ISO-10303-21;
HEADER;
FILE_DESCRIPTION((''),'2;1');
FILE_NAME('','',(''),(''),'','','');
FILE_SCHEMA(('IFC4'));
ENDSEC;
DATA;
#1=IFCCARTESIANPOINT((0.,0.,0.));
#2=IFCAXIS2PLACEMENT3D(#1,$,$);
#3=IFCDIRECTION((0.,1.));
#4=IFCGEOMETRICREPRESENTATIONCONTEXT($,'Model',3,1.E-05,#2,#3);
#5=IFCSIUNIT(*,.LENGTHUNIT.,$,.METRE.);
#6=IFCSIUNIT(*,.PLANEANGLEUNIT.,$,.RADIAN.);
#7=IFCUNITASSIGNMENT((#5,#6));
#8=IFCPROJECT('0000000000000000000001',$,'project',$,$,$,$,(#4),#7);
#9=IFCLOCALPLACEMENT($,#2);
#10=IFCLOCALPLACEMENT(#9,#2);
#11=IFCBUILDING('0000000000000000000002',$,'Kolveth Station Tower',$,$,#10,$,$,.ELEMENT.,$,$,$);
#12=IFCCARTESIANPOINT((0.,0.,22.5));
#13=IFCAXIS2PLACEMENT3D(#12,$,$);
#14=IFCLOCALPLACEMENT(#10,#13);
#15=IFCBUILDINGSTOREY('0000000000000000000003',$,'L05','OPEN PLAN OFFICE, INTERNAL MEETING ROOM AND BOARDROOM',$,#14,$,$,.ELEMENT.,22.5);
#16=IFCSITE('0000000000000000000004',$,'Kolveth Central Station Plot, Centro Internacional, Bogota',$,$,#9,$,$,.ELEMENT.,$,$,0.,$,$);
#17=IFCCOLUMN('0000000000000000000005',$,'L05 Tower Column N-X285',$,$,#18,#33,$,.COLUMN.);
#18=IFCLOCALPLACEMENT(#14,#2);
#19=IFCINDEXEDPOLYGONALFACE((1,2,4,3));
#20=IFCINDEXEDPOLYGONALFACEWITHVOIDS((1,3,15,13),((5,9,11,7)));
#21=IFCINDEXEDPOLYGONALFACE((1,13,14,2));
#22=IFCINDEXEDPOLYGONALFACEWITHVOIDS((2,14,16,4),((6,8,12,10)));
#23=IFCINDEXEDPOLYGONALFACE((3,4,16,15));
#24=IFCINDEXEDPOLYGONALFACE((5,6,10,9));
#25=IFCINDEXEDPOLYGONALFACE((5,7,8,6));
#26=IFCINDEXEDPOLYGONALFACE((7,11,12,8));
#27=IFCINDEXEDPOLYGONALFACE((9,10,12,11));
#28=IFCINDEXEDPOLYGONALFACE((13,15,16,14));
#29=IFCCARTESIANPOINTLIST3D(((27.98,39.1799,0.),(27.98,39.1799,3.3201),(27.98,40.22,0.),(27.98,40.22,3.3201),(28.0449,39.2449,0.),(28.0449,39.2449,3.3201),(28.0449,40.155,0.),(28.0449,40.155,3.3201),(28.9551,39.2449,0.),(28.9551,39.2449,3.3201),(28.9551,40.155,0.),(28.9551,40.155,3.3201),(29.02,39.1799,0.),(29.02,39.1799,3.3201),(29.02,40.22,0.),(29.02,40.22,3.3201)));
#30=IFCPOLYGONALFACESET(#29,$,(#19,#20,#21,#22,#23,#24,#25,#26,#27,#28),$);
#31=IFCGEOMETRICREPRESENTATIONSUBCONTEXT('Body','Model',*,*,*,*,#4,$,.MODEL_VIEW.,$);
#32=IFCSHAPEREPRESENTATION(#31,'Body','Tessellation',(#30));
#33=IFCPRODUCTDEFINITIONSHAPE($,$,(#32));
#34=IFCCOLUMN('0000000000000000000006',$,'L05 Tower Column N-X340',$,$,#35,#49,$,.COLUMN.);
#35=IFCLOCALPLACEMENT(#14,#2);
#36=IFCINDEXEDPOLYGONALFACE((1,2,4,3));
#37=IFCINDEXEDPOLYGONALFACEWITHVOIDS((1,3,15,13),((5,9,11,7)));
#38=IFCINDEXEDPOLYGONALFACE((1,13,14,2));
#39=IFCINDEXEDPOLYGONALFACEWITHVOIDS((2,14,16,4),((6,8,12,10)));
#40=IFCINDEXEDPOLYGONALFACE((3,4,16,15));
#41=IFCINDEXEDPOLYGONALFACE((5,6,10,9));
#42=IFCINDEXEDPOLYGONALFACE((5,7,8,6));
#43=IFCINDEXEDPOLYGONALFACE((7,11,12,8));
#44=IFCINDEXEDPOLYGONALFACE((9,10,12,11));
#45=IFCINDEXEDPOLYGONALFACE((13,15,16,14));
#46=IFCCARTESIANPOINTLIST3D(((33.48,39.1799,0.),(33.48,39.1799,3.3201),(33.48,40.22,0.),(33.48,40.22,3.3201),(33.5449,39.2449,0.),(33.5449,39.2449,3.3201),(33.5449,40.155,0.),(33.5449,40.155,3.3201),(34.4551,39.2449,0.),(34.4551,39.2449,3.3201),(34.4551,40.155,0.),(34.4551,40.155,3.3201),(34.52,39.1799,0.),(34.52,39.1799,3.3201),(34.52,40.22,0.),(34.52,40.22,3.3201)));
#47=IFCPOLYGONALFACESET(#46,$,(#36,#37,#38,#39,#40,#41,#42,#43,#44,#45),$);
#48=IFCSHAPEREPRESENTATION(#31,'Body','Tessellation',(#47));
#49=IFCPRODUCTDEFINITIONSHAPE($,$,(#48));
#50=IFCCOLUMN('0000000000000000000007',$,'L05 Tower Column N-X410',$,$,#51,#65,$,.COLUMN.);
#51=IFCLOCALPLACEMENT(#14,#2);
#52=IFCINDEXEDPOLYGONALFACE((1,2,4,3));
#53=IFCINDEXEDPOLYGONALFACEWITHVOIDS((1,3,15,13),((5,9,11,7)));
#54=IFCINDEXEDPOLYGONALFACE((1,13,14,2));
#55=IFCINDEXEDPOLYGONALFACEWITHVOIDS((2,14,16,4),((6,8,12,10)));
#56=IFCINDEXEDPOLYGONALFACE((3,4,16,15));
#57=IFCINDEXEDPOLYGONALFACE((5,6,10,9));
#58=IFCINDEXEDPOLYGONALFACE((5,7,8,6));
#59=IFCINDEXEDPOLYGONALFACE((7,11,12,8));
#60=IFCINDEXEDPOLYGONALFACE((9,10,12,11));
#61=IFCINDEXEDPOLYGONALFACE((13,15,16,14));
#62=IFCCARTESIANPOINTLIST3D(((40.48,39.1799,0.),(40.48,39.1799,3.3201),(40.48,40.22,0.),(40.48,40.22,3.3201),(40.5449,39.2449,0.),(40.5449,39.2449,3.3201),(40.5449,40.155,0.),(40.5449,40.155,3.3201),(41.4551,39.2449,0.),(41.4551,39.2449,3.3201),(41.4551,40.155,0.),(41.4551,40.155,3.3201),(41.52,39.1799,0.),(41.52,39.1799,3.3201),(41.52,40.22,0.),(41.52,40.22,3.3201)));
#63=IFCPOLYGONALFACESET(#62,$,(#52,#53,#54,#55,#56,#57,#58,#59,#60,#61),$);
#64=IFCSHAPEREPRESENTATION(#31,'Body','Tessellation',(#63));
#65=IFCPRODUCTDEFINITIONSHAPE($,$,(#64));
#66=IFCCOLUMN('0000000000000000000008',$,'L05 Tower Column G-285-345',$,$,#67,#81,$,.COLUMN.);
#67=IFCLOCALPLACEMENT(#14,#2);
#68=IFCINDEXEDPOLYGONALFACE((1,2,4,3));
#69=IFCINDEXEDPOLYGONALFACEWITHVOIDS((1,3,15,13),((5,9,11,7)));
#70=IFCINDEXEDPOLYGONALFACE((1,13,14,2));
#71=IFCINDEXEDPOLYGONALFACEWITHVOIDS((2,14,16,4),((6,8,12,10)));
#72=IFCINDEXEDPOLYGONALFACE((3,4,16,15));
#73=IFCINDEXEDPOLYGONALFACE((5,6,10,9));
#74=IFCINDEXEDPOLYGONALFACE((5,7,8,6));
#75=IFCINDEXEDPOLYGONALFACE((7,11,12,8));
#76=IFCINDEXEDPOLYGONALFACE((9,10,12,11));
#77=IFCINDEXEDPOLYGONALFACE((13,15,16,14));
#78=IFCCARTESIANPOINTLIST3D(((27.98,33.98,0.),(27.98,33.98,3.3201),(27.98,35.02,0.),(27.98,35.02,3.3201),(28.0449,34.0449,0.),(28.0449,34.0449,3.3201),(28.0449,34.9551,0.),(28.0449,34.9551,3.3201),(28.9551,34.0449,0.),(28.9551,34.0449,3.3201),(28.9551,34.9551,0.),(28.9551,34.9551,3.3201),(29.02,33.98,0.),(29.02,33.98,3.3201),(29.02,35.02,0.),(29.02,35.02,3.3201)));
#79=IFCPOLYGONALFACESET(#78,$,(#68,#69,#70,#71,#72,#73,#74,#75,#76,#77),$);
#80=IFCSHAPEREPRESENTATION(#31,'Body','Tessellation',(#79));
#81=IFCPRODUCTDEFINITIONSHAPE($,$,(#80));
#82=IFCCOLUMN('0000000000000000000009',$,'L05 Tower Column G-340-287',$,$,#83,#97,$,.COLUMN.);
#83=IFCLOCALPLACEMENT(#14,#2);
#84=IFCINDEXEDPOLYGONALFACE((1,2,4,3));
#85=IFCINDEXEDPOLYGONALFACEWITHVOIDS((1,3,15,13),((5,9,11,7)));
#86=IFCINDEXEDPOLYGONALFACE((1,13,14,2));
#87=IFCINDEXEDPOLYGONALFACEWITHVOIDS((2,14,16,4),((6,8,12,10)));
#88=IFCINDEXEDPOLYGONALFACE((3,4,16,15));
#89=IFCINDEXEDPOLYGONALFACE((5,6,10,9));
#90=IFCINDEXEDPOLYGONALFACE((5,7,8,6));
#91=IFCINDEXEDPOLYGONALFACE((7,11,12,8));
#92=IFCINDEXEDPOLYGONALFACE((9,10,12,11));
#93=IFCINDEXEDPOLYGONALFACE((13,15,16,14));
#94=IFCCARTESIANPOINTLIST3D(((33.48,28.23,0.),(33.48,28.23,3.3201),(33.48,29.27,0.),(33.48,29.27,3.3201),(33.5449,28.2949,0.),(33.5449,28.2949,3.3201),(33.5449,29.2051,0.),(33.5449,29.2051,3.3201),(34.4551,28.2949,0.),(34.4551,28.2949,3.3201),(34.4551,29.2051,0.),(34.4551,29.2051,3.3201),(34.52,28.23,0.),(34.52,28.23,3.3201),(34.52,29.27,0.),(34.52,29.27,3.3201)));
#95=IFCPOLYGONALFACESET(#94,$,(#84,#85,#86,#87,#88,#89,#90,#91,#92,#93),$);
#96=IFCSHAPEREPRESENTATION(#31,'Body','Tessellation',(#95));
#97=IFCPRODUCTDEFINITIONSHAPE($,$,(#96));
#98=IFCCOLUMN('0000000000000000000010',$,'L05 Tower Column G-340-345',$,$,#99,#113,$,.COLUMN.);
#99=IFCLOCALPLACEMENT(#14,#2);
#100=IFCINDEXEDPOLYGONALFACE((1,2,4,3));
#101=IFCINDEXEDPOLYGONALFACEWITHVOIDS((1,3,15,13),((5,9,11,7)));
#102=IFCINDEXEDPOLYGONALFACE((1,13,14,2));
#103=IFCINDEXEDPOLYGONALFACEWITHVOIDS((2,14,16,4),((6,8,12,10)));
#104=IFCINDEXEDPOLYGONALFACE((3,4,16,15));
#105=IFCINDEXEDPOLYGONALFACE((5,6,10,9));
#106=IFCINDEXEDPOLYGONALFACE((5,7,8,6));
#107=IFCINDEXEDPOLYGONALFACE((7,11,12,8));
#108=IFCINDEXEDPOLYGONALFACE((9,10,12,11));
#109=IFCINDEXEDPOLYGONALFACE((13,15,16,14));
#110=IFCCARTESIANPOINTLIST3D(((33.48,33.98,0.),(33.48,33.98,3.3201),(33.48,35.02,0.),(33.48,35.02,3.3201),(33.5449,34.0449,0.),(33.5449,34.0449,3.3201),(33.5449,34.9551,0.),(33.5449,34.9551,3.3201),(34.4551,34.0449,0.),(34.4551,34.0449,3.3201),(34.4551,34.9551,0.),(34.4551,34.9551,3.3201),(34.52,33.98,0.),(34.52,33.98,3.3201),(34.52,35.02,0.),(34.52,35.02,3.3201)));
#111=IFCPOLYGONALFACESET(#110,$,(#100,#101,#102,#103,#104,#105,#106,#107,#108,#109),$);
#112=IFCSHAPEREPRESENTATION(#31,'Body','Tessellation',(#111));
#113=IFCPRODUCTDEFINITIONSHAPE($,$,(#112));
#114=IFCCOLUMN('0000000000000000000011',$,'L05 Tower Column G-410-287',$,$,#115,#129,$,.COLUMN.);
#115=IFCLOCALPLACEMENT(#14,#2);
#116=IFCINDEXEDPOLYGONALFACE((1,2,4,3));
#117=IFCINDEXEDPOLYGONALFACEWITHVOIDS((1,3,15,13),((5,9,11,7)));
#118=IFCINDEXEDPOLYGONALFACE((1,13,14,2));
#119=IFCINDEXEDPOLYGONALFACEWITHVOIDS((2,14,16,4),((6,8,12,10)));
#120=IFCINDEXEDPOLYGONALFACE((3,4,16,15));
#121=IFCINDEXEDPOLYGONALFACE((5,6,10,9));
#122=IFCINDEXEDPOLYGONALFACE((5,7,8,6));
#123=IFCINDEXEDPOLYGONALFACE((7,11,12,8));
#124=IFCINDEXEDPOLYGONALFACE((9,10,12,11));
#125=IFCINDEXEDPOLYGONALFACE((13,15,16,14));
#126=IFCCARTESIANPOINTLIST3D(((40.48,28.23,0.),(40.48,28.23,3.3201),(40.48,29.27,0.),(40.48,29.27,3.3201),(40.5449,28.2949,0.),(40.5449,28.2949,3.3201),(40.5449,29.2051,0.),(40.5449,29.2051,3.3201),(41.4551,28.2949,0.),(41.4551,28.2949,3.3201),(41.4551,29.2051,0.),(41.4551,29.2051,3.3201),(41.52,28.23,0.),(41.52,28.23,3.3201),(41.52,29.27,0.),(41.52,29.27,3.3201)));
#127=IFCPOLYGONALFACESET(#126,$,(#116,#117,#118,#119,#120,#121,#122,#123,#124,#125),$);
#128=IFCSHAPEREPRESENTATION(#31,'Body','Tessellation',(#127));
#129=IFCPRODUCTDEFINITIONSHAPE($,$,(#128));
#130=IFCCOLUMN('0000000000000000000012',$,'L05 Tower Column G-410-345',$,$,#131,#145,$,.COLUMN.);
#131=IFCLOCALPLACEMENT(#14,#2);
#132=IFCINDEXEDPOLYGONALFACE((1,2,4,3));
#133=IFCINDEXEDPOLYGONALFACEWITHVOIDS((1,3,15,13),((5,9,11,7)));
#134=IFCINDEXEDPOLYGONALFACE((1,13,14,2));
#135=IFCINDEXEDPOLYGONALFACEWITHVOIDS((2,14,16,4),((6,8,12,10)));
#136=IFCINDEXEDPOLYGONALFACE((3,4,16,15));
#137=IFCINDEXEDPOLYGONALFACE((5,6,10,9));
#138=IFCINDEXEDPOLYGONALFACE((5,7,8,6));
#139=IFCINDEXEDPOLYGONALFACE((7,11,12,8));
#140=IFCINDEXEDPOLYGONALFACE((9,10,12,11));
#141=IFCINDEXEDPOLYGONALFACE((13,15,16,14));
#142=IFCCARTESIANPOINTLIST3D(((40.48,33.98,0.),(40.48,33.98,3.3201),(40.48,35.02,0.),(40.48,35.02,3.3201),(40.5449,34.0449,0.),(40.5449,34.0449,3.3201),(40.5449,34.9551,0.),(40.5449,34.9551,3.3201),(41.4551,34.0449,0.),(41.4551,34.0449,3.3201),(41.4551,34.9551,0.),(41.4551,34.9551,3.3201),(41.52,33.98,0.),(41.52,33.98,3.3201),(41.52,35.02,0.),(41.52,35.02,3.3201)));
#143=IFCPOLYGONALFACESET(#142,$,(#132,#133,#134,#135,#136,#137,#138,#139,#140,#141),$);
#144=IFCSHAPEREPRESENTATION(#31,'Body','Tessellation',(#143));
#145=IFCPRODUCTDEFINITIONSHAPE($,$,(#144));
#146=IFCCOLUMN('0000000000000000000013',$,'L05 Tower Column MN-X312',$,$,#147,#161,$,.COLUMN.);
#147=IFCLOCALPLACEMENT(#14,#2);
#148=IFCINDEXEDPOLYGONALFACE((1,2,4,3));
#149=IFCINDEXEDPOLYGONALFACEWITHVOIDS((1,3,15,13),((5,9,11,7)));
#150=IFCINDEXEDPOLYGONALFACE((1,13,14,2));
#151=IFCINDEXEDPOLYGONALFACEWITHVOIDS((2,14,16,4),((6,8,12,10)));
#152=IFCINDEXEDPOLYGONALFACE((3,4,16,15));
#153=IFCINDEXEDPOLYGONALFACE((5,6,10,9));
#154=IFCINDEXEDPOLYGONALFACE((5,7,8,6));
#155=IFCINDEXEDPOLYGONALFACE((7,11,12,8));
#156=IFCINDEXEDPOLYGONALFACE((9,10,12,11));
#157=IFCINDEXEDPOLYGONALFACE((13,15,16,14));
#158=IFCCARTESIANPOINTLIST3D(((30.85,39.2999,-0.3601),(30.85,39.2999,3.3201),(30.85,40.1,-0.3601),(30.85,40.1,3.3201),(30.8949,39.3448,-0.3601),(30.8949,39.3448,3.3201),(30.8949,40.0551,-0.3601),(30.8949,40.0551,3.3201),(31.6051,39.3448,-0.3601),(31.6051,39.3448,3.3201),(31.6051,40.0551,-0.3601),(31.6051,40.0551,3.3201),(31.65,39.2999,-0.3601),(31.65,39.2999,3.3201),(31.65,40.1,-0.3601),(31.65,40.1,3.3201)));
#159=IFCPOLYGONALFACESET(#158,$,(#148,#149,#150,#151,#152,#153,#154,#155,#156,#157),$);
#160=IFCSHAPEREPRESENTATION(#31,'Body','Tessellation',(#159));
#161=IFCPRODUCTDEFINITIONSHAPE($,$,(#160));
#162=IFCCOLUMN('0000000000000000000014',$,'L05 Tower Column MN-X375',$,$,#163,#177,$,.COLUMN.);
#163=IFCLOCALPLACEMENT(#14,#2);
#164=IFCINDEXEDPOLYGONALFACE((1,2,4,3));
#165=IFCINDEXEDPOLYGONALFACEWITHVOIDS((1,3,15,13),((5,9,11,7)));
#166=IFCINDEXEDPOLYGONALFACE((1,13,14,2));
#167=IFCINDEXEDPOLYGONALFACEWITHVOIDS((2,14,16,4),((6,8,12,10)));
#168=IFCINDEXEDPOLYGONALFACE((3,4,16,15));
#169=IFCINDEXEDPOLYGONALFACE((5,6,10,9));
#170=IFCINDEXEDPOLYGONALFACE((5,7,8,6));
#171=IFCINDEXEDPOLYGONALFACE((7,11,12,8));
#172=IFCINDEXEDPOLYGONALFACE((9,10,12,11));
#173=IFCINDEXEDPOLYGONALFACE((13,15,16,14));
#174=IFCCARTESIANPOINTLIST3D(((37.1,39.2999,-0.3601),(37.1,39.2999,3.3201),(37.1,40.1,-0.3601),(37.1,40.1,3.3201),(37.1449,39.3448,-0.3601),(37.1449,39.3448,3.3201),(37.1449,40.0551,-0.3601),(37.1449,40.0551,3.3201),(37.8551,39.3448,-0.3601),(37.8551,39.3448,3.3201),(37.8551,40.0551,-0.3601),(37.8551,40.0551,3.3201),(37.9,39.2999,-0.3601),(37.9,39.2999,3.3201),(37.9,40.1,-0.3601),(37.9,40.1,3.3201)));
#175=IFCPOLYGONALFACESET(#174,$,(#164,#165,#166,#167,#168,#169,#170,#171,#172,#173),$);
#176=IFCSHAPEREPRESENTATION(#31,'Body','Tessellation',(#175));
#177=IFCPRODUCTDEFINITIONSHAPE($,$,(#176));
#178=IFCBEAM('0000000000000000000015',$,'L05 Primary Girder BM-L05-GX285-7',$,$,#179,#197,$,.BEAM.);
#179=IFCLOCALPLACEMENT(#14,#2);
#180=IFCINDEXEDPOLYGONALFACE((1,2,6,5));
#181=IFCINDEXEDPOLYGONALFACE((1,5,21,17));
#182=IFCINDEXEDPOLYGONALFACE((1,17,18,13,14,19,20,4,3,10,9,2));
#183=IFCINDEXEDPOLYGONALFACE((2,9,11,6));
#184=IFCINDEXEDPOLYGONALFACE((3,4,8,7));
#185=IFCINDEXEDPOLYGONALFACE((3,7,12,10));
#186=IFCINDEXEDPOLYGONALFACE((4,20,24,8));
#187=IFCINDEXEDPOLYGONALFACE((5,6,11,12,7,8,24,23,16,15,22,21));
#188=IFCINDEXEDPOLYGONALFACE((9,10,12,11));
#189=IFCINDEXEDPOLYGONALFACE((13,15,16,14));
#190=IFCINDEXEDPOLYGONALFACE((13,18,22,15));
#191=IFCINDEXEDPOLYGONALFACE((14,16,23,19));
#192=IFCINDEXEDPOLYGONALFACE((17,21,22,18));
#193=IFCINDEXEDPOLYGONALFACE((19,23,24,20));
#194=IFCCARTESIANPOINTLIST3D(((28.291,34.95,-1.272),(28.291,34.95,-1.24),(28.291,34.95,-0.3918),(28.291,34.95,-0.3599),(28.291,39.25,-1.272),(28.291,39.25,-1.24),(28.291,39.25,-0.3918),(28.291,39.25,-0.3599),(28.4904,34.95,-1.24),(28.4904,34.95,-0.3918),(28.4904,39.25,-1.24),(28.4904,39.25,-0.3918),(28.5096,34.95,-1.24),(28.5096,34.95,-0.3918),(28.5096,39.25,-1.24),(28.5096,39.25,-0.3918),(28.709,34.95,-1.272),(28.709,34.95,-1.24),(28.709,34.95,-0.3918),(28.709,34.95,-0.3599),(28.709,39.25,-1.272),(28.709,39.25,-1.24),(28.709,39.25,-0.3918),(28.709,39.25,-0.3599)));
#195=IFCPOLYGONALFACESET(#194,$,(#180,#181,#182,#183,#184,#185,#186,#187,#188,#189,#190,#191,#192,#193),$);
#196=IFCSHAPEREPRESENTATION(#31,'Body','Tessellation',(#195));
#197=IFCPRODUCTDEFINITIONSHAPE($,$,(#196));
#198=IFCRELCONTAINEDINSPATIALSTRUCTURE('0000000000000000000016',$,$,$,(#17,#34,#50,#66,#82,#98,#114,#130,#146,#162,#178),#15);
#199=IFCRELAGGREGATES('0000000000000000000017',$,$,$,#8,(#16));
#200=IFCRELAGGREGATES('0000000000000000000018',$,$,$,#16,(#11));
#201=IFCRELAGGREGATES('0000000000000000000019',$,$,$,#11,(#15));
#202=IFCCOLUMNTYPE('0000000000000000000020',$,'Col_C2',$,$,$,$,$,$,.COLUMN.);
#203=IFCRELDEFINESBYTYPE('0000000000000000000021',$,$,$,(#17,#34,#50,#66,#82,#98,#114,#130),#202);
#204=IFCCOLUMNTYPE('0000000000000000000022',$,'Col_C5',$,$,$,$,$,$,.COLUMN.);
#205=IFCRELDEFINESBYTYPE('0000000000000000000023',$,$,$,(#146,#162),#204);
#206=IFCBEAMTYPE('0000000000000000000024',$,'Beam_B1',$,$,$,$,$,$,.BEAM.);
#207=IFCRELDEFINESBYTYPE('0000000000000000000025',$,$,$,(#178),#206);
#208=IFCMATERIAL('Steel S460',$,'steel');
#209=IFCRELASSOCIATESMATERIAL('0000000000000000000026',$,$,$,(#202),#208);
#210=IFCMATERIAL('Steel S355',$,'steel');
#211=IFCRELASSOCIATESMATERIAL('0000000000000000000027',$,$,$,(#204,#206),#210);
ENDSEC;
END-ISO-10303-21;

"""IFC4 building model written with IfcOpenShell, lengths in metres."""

from ifc_helpers import new_model, si_unit, direction, frame, origin, origin_2d, place, context, subcontext, project, spatial, hollow_rectangle, i_section, extrude, source, transform, mapped, material, material_profile, profile_set, type_object, element, save


model = new_model("IFC4")

# Units and contexts
model_context = context("Model", 3, precision=1e-05, world=origin(), true_north=direction((0.0, 1.0)))
body_context = subcontext(model_context, "Body", "Model", "MODEL_VIEW")
ifc_project = project(units=[si_unit("LENGTHUNIT", "METRE"), si_unit("PLANEANGLEUNIT", "RADIAN")], contexts=[model_context])

# Site, building, storey
site_placement = place(None, origin())
site = spatial("IfcSite", under=ifc_project, at=site_placement, Name="Kolveth Central Station Plot, Centro Internacional, Bogota", CompositionType="ELEMENT", RefElevation=0.0)
building_placement = place(site_placement, origin())
building = spatial("IfcBuilding", under=site, at=building_placement, Name="Kolveth Station Tower", CompositionType="ELEMENT")
storey_placement = place(building_placement, frame((0.0, 0.0, 22.5)))
storey = spatial("IfcBuildingStorey", under=building, at=storey_placement, Name="L05", Description="OPEN PLAN OFFICE, INTERNAL MEETING ROOM AND BOARDROOM", CompositionType="ELEMENT", Elevation=22.5)

# Columns
ifc_material_1 = material(Name="Steel S460", Category="steel")
ifc_material_profile_1 = material_profile(ifc_material_1, hollow_rectangle(XDim=1.04, YDim=1.04, WallThickness=0.0649, at=origin_2d()), Name="BOX1040x1040x65")
ifc_profile_set_1 = profile_set([ifc_material_profile_1], Name="Steel S460")
column_type_1 = type_object("IfcColumnType", Name="Col_C2", PredefinedType="COLUMN", material=ifc_profile_set_1)
shared_shape_1 = source(origin(), body_context, "Body", "SweptSolid", [
    extrude(hollow_rectangle(XDim=1.04, YDim=1.04, WallThickness=0.0649, at=origin_2d()), origin(), (0.0, 0.0, 1.0), 3.3201),
])
for number, where, z_axis, x_axis, name in (
    (1, (28.5, 39.7, 0.0), (0.0, 0.0, 1.0), (1.0, 0.0, 0.0), "L05 Tower Column N-X285"),
    (2, (34.0, 39.7, 0.0), (0.0, 0.0, 1.0), (1.0, 0.0, 0.0), "L05 Tower Column N-X340"),
    (3, (41.0, 39.7, 0.0), (0.0, 0.0, 1.0), (1.0, 0.0, 0.0), "L05 Tower Column N-X410"),
    (4, (28.5, 34.5, 0.0), (0.0, 0.0, 1.0), (1.0, 0.0, 0.0), "L05 Tower Column G-285-345"),
    (5, (34.0, 28.75, 0.0), (0.0, 0.0, 1.0), (1.0, 0.0, 0.0), "L05 Tower Column G-340-287"),
    (6, (34.0, 34.5, 0.0), (0.0, 0.0, 1.0), (1.0, 0.0, 0.0), "L05 Tower Column G-340-345"),
    (7, (41.0, 28.75, 0.0), (0.0, 0.0, 1.0), (1.0, 0.0, 0.0), "L05 Tower Column G-410-287"),
    (8, (41.0, 34.5, 0.0), (0.0, 0.0, 1.0), (1.0, 0.0, 0.0), "L05 Tower Column G-410-345"),
):
    element("IfcColumn", number, at=place(storey_placement, frame(where, z_axis=z_axis, x_axis=x_axis)), inside=storey, type_object=column_type_1, Name=name, PredefinedType="COLUMN", context=body_context, shape_type="MappedRepresentation", body=[
        mapped(shared_shape_1, transform((0.0, 0.0, 0.0), x_axis=(1.0, 0.0, 0.0), y_axis=(0.0, 1.0, 0.0), z_axis=(0.0, 0.0, 1.0), scale=1.0)),
    ])
ifc_material_2 = material(Name="Steel S355", Category="steel")
ifc_material_profile_2 = material_profile(ifc_material_2, hollow_rectangle(XDim=0.8, YDim=0.8, WallThickness=0.0449, at=origin_2d()), Name="BOX800x800x45")
ifc_profile_set_2 = profile_set([ifc_material_profile_2], Name="Steel S355")
column_type_2 = type_object("IfcColumnType", Name="Col_C5", PredefinedType="COLUMN", material=ifc_profile_set_2)
shared_shape_2 = source(origin(), body_context, "Body", "SweptSolid", [
    extrude(hollow_rectangle(XDim=0.8, YDim=0.8, WallThickness=0.0449, at=origin_2d()), origin(), (0.0, 0.0, 1.0), 3.6802),
])
for number, where, z_axis, x_axis, name in (
    (9, (31.25, 39.7, -0.3601), (0.0, 0.0, 1.0), (1.0, 0.0, 0.0), "L05 Tower Column MN-X312"),
    (10, (37.5, 39.7, -0.3601), (0.0, 0.0, 1.0), (1.0, 0.0, 0.0), "L05 Tower Column MN-X375"),
):
    element("IfcColumn", number, at=place(storey_placement, frame(where, z_axis=z_axis, x_axis=x_axis)), inside=storey, type_object=column_type_2, Name=name, PredefinedType="COLUMN", context=body_context, shape_type="MappedRepresentation", body=[
        mapped(shared_shape_2, transform((0.0, 0.0, 0.0), x_axis=(1.0, 0.0, 0.0), y_axis=(0.0, 1.0, 0.0), z_axis=(0.0, 0.0, 1.0), scale=1.0)),
    ])

# Beam
ifc_material_profile_3 = material_profile(ifc_material_2, i_section(OverallWidth=0.418, OverallDepth=0.9121, WebThickness=0.0193, FlangeThickness=0.032, at=origin_2d()), Name="W920x342")
ifc_profile_set_3 = profile_set([ifc_material_profile_3], Name="Steel S355")
beam_type_1 = type_object("IfcBeamType", Name="Beam_B1", PredefinedType="BEAM", material=ifc_profile_set_3)
shared_shape_3 = source(origin(), body_context, "Body", "SweptSolid", [
    extrude(i_section(OverallWidth=0.418, OverallDepth=0.9121, WebThickness=0.0193, FlangeThickness=0.032, at=origin_2d()), origin(), (0.0, 0.0, 1.0), 4.3),
])
for number, where, z_axis, x_axis, name in (
    (11, (28.5, 34.95, -0.8159), (0.0, 1.0, 0.0), (-1.0, 0.0, 0.0), "L05 Primary Girder BM-L05-GX285-7"),
):
    element("IfcBeam", number, at=place(storey_placement, frame(where, z_axis=z_axis, x_axis=x_axis)), inside=storey, type_object=beam_type_1, Name=name, PredefinedType="BEAM", context=body_context, shape_type="MappedRepresentation", body=[
        mapped(shared_shape_3, transform((0.0, 0.0, 0.0), x_axis=(1.0, 0.0, 0.0), y_axis=(0.0, 1.0, 0.0), z_axis=(0.0, 0.0, 1.0), scale=1.0)),
    ])

save(model, "model.ifc")
